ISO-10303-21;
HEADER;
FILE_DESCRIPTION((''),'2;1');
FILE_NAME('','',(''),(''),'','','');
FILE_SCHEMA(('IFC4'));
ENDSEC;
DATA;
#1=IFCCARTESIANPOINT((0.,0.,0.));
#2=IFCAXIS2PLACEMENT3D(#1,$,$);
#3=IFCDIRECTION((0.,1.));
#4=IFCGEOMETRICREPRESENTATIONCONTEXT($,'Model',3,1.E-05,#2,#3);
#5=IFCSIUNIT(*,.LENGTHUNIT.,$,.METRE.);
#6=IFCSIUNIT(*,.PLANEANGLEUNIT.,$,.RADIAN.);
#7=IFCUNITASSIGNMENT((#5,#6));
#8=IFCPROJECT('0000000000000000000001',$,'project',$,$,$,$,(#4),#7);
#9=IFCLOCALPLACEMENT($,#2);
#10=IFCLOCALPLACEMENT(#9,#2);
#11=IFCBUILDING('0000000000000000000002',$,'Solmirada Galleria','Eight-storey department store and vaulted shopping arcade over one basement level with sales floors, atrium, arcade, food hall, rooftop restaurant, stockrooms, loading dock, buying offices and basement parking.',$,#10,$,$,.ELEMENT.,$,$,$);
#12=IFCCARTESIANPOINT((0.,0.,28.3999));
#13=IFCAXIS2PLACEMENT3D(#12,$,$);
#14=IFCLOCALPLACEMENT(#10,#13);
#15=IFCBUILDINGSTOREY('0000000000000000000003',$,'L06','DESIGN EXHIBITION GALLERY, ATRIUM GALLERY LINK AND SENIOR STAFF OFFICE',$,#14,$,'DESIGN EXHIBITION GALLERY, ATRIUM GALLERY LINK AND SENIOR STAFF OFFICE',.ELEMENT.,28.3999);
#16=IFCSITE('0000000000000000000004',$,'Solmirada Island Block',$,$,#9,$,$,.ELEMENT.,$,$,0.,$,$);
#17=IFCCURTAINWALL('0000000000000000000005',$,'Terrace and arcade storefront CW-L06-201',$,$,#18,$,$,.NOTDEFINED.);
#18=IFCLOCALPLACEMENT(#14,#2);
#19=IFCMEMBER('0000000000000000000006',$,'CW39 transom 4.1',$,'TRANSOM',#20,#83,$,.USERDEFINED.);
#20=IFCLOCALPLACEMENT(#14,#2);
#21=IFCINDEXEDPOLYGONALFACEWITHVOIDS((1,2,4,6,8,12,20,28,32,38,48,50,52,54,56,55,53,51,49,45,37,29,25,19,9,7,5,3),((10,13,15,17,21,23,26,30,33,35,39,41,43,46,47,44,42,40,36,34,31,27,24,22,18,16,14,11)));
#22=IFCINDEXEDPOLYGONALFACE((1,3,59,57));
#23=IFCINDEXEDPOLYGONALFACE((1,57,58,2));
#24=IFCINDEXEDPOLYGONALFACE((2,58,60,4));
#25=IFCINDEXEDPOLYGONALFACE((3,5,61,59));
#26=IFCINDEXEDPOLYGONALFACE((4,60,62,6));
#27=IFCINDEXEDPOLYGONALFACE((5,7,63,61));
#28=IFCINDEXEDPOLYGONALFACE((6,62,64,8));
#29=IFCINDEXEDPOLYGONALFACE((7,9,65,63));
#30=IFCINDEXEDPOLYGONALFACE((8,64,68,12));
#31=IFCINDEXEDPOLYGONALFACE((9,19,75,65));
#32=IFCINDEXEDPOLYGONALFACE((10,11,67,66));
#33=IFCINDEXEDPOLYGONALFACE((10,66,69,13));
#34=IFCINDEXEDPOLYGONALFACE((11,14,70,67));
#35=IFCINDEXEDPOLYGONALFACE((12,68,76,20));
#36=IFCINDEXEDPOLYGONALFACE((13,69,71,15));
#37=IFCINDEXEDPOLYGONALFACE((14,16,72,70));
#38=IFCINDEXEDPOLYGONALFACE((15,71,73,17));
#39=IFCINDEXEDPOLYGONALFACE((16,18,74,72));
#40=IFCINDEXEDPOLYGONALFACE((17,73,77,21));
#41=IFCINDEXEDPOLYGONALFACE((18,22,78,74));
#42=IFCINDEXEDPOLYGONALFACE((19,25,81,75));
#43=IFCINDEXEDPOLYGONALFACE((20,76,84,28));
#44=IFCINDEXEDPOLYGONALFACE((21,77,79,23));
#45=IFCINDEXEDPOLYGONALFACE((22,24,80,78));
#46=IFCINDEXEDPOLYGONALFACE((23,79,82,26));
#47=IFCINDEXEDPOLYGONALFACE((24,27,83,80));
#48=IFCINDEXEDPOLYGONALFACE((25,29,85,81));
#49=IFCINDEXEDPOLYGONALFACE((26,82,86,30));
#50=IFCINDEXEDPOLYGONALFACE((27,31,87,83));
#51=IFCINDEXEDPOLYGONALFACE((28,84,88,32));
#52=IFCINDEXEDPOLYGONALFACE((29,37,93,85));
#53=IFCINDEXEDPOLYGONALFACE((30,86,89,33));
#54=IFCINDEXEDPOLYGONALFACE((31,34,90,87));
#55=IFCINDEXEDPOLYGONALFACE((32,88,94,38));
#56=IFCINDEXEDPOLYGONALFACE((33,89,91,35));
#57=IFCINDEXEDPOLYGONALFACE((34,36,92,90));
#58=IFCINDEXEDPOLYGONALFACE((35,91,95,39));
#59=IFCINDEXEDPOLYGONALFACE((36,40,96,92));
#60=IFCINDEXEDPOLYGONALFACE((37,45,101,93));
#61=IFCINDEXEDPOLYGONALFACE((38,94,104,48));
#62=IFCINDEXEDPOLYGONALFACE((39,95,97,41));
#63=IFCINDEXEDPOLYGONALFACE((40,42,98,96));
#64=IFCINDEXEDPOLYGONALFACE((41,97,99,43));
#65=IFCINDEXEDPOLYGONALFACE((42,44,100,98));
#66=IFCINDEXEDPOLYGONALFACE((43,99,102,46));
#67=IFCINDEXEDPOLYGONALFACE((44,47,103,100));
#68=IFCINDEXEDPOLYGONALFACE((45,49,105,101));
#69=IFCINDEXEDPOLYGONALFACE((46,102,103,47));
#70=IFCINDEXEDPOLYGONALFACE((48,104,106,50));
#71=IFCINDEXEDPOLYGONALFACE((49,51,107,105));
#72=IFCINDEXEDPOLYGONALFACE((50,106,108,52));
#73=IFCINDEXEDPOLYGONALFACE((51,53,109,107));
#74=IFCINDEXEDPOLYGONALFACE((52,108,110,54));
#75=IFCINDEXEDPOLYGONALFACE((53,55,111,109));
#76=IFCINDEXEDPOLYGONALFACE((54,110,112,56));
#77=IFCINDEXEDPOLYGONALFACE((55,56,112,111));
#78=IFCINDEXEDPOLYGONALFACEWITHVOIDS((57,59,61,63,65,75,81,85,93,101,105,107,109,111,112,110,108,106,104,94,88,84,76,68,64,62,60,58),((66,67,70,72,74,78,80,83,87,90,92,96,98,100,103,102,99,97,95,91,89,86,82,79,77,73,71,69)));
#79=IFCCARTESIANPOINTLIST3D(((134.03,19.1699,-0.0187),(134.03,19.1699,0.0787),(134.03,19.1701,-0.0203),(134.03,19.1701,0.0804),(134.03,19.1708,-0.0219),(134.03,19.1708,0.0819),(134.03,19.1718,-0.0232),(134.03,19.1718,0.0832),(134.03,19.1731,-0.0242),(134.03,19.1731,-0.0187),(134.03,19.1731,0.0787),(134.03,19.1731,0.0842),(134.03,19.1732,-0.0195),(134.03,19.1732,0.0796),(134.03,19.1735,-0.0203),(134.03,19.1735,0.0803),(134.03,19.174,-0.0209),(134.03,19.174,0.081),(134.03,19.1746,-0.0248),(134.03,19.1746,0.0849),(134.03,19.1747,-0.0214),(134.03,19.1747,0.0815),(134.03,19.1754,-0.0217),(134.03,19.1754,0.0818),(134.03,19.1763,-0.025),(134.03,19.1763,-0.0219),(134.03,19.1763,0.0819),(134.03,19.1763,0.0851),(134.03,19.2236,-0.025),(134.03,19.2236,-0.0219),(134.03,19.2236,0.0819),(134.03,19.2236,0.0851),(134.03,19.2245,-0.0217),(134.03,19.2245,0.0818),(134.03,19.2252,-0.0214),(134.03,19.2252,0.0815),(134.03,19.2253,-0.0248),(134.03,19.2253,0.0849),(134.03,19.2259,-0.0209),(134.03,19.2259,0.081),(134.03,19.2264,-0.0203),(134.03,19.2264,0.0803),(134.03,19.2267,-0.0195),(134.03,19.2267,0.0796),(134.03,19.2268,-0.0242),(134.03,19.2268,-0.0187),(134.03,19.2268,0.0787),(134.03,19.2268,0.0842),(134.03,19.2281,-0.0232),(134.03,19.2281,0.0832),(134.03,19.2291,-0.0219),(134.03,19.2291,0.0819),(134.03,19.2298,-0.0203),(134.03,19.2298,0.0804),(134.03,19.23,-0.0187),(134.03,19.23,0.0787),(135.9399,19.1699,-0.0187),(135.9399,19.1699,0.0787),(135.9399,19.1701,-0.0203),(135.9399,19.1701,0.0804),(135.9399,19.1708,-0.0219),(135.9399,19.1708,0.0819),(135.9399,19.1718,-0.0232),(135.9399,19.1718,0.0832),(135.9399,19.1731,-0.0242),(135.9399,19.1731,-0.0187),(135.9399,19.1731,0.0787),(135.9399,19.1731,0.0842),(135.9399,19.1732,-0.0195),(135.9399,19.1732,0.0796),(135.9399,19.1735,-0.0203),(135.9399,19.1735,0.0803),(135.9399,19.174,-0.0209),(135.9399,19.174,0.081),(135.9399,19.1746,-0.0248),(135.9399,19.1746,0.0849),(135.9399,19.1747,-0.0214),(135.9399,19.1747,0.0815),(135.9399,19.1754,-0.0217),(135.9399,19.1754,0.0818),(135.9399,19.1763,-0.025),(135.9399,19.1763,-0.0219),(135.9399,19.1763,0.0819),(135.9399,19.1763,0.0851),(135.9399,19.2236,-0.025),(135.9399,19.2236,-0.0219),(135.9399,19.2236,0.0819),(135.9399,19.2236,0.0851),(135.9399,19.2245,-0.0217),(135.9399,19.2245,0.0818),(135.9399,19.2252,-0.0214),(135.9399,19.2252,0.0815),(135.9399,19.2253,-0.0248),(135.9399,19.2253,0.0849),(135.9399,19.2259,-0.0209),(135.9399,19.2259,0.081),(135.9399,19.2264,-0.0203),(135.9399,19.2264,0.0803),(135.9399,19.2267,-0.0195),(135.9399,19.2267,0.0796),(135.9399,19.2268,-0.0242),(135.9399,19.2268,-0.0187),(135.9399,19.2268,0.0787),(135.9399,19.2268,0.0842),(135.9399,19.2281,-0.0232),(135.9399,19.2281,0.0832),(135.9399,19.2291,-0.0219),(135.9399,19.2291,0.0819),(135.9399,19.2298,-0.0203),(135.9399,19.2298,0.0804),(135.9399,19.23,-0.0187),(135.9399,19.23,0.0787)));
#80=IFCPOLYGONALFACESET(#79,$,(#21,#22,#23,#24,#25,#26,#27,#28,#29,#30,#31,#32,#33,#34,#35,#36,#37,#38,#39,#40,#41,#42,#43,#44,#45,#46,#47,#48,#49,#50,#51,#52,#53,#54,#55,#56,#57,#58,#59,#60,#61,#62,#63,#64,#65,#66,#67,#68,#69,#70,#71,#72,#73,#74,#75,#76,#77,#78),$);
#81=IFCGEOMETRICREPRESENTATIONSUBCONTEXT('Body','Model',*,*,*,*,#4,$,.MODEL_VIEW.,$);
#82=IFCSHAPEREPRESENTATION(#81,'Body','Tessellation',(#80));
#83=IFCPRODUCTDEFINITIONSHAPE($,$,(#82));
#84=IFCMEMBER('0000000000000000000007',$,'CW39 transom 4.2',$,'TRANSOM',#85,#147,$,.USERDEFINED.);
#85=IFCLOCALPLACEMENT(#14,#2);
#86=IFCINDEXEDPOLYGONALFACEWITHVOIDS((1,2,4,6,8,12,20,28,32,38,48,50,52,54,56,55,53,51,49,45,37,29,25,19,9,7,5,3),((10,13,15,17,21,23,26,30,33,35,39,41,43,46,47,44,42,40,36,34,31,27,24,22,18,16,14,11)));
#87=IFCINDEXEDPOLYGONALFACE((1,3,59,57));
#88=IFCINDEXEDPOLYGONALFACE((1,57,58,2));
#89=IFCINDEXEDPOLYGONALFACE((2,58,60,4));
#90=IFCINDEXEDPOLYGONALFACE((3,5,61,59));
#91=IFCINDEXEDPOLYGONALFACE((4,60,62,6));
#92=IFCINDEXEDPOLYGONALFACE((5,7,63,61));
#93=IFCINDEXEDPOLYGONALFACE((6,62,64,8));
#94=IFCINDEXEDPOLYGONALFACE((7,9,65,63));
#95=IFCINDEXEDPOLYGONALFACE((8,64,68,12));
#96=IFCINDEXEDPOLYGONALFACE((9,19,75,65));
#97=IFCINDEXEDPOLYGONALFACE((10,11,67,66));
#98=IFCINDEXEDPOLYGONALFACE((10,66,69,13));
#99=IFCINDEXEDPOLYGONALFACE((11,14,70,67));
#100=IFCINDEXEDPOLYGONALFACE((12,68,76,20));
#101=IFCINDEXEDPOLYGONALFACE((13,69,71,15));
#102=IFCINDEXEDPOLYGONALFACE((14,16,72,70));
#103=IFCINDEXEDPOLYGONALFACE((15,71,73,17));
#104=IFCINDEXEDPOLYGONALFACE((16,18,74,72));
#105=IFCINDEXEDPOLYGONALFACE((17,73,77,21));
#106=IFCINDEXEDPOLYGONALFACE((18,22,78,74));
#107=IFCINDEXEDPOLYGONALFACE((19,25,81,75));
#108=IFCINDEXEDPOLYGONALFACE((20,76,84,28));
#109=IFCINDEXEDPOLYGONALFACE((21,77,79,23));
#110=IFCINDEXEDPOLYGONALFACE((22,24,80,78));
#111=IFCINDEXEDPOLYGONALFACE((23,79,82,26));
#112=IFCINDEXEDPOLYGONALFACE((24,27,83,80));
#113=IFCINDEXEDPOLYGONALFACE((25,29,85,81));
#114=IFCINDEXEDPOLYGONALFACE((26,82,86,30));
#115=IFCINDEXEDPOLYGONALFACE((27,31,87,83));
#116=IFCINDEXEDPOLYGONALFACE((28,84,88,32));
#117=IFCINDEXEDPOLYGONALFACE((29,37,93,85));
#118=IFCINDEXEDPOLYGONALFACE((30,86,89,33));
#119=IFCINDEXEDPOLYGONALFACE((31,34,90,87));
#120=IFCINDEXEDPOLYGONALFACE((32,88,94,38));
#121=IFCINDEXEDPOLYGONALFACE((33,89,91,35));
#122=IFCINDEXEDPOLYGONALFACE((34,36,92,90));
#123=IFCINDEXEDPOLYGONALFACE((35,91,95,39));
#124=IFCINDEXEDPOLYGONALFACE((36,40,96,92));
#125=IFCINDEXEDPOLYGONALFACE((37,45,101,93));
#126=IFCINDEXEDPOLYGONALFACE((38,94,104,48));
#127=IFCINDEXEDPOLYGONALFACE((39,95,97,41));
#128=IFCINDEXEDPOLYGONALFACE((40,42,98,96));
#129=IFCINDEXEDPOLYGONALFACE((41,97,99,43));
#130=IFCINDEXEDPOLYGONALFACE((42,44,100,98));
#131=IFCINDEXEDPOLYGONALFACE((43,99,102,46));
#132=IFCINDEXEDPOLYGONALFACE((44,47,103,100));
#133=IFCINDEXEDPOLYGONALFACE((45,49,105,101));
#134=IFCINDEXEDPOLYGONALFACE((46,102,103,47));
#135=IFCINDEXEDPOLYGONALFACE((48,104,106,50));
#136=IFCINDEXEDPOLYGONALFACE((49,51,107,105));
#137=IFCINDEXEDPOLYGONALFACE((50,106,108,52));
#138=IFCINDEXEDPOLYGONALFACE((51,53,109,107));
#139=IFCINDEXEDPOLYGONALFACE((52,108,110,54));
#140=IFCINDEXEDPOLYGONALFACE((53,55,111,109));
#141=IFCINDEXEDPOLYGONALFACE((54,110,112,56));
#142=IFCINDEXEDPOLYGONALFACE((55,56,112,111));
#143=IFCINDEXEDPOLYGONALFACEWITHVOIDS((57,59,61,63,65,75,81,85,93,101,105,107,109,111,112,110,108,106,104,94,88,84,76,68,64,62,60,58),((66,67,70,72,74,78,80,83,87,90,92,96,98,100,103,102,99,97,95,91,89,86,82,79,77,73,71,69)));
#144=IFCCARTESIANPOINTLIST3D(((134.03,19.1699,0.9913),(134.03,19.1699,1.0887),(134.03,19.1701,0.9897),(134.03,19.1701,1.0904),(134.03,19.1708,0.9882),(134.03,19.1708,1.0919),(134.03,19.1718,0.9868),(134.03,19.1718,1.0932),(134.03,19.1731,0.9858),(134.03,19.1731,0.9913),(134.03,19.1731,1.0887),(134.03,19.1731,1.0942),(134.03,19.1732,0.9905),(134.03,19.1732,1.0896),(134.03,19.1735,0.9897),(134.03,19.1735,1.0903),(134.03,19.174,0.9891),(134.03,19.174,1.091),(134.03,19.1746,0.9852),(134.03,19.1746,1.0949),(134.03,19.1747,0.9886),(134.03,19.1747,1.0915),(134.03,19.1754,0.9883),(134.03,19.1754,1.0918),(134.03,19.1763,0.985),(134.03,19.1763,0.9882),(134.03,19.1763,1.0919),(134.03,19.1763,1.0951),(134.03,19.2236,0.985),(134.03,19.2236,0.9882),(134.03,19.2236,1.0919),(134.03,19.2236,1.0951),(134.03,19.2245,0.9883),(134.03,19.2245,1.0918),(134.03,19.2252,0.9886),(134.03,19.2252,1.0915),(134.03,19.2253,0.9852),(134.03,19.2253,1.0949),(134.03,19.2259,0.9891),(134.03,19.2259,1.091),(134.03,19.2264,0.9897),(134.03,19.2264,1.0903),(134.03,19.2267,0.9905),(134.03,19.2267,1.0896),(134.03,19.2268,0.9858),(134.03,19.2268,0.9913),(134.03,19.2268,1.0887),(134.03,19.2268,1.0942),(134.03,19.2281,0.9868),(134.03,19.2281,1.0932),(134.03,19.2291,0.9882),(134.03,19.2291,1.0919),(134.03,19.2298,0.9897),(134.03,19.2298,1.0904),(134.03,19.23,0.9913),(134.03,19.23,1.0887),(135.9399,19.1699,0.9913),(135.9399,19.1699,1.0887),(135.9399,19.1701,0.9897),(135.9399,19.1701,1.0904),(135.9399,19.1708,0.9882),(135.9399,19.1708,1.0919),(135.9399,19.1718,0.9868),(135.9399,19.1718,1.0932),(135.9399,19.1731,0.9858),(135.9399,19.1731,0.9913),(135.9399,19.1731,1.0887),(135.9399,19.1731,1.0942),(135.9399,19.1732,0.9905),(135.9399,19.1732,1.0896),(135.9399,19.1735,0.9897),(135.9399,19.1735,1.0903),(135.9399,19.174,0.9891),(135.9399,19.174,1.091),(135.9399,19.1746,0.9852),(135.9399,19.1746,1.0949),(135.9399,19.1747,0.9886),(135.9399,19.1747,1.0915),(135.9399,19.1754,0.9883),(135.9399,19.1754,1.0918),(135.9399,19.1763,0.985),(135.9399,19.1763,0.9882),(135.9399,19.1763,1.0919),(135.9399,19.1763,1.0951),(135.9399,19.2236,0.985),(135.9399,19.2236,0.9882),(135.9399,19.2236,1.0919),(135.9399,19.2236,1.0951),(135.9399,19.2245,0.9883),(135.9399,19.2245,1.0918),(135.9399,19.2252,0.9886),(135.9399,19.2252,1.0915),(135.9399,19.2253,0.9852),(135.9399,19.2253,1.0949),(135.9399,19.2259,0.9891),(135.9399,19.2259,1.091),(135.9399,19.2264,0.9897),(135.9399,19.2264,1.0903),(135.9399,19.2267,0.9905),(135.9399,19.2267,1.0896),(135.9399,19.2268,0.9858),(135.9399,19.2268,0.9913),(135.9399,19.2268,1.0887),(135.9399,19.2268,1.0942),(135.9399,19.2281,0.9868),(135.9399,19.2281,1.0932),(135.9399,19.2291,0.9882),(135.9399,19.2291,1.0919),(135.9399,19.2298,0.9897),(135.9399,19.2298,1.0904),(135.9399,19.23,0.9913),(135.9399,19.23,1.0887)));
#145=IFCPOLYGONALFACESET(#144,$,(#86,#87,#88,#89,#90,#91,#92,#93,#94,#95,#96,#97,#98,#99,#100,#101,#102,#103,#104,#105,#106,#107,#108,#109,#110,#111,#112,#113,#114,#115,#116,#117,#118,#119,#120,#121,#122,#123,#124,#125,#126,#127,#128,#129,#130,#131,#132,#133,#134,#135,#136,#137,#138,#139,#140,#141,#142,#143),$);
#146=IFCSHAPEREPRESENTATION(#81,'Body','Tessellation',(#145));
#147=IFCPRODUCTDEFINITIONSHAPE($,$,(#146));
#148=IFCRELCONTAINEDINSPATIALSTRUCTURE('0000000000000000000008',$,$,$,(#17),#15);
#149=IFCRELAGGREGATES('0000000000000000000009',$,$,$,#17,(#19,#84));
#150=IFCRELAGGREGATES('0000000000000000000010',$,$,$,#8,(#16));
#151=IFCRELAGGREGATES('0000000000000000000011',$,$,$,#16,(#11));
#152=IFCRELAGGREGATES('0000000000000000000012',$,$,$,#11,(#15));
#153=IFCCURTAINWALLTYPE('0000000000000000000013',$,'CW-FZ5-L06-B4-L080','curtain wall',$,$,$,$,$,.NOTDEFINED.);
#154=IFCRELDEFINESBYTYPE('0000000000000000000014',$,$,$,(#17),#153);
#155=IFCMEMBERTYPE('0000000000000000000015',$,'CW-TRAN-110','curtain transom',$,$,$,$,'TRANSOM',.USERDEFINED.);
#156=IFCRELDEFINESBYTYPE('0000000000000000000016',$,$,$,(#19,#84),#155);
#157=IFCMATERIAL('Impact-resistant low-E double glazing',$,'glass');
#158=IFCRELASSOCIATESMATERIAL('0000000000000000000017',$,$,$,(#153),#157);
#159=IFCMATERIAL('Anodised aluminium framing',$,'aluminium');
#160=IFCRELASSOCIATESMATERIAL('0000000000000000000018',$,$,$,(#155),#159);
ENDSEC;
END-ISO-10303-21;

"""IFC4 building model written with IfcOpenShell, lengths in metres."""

from ifc_helpers import new_model, si_unit, direction, frame, origin, origin_2d, place, context, subcontext, project, spatial, hollow_rectangle, extrude, material, material_profile, profile_set, type_object, element, aggregate, save


model = new_model("IFC4")

# Units and contexts
model_context = context("Model", 3, precision=1e-05, world=origin(), true_north=direction((0.0, 1.0)))
body_context = subcontext(model_context, "Body", "Model", "MODEL_VIEW")
ifc_project = project(units=[si_unit("LENGTHUNIT", "METRE"), si_unit("PLANEANGLEUNIT", "RADIAN")], contexts=[model_context])

# Site, building, storey
site_placement = place(None, origin())
site = spatial("IfcSite", under=ifc_project, at=site_placement, Name="Solmirada Island Block", CompositionType="ELEMENT", RefElevation=0.0)
building_placement = place(site_placement, origin())
building = spatial("IfcBuilding", under=site, at=building_placement, Name="Solmirada Galleria", Description="Eight-storey department store and vaulted shopping arcade over one basement level with sales floors, atrium, arcade, food hall, rooftop restaurant, stockrooms, loading dock, buying offices and basement parking.", CompositionType="ELEMENT")
storey_placement = place(building_placement, frame((0.0, 0.0, 28.3999)))
storey = spatial("IfcBuildingStorey", under=building, at=storey_placement, Name="L06", Description="DESIGN EXHIBITION GALLERY, ATRIUM GALLERY LINK AND SENIOR STAFF OFFICE", LongName="DESIGN EXHIBITION GALLERY, ATRIUM GALLERY LINK AND SENIOR STAFF OFFICE", CompositionType="ELEMENT", Elevation=28.3999)

# Shared definitions
ifc_material_1 = material(Name="Impact-resistant low-E double glazing", Category="glass")
ifc_material_2 = material(Name="Anodised aluminium framing", Category="aluminium")

# Curtain wall
curtain_wall_type_1 = type_object("IfcCurtainWallType", Name="CW-FZ5-L06-B4-L080", Description="curtain wall", PredefinedType="NOTDEFINED", material=ifc_material_1)
curtain_wall_1_placement = place(storey_placement, origin())
curtain_wall_1 = element("IfcCurtainWall", 1, at=curtain_wall_1_placement, inside=storey, type_object=curtain_wall_type_1, Name="Terrace and arcade storefront CW-L06-201", PredefinedType="NOTDEFINED")

# Members
ifc_material_profile_1 = material_profile(ifc_material_2, hollow_rectangle(XDim=0.0601, YDim=0.1101, WallThickness=0.0032, InnerFilletRadius=0.0032, OuterFilletRadius=0.0063, at=origin_2d()), Name="ALU-TRAN-110X60")
ifc_profile_set_1 = profile_set([ifc_material_profile_1], Name="Anodised aluminium framing")
member_type_1 = type_object("IfcMemberType", Name="CW-TRAN-110", Description="curtain transom", ElementType="TRANSOM", PredefinedType="USERDEFINED", material=ifc_profile_set_1)
member_1_placement = place(storey_placement, frame((134.03, 19.2, 0.03), z_axis=(1.0, 0.0, 0.0), x_axis=(0.0, 1.0, 0.0)))
member_1 = element("IfcMember", 2, at=member_1_placement, type_object=member_type_1, Name="CW39 transom 4.1", ObjectType="TRANSOM", PredefinedType="USERDEFINED", context=body_context, shape_type="SweptSolid", body=[
    extrude(hollow_rectangle(XDim=0.0601, YDim=0.1101, WallThickness=0.0032, InnerFilletRadius=0.0032, OuterFilletRadius=0.0063, at=origin_2d()), origin(), (0.0, 0.0, 1.0), 1.9099),
])
member_2_placement = place(storey_placement, frame((134.03, 19.2, 1.04), z_axis=(1.0, 0.0, 0.0), x_axis=(0.0, 1.0, 0.0)))
member_2 = element("IfcMember", 3, at=member_2_placement, type_object=member_type_1, Name="CW39 transom 4.2", ObjectType="TRANSOM", PredefinedType="USERDEFINED", context=body_context, shape_type="SweptSolid", body=[
    extrude(hollow_rectangle(XDim=0.0601, YDim=0.1101, WallThickness=0.0032, InnerFilletRadius=0.0032, OuterFilletRadius=0.0063, at=origin_2d()), origin(), (0.0, 0.0, 1.0), 1.9099),
])

aggregate(curtain_wall_1, [member_1, member_2])

save(model, "model.ifc")
